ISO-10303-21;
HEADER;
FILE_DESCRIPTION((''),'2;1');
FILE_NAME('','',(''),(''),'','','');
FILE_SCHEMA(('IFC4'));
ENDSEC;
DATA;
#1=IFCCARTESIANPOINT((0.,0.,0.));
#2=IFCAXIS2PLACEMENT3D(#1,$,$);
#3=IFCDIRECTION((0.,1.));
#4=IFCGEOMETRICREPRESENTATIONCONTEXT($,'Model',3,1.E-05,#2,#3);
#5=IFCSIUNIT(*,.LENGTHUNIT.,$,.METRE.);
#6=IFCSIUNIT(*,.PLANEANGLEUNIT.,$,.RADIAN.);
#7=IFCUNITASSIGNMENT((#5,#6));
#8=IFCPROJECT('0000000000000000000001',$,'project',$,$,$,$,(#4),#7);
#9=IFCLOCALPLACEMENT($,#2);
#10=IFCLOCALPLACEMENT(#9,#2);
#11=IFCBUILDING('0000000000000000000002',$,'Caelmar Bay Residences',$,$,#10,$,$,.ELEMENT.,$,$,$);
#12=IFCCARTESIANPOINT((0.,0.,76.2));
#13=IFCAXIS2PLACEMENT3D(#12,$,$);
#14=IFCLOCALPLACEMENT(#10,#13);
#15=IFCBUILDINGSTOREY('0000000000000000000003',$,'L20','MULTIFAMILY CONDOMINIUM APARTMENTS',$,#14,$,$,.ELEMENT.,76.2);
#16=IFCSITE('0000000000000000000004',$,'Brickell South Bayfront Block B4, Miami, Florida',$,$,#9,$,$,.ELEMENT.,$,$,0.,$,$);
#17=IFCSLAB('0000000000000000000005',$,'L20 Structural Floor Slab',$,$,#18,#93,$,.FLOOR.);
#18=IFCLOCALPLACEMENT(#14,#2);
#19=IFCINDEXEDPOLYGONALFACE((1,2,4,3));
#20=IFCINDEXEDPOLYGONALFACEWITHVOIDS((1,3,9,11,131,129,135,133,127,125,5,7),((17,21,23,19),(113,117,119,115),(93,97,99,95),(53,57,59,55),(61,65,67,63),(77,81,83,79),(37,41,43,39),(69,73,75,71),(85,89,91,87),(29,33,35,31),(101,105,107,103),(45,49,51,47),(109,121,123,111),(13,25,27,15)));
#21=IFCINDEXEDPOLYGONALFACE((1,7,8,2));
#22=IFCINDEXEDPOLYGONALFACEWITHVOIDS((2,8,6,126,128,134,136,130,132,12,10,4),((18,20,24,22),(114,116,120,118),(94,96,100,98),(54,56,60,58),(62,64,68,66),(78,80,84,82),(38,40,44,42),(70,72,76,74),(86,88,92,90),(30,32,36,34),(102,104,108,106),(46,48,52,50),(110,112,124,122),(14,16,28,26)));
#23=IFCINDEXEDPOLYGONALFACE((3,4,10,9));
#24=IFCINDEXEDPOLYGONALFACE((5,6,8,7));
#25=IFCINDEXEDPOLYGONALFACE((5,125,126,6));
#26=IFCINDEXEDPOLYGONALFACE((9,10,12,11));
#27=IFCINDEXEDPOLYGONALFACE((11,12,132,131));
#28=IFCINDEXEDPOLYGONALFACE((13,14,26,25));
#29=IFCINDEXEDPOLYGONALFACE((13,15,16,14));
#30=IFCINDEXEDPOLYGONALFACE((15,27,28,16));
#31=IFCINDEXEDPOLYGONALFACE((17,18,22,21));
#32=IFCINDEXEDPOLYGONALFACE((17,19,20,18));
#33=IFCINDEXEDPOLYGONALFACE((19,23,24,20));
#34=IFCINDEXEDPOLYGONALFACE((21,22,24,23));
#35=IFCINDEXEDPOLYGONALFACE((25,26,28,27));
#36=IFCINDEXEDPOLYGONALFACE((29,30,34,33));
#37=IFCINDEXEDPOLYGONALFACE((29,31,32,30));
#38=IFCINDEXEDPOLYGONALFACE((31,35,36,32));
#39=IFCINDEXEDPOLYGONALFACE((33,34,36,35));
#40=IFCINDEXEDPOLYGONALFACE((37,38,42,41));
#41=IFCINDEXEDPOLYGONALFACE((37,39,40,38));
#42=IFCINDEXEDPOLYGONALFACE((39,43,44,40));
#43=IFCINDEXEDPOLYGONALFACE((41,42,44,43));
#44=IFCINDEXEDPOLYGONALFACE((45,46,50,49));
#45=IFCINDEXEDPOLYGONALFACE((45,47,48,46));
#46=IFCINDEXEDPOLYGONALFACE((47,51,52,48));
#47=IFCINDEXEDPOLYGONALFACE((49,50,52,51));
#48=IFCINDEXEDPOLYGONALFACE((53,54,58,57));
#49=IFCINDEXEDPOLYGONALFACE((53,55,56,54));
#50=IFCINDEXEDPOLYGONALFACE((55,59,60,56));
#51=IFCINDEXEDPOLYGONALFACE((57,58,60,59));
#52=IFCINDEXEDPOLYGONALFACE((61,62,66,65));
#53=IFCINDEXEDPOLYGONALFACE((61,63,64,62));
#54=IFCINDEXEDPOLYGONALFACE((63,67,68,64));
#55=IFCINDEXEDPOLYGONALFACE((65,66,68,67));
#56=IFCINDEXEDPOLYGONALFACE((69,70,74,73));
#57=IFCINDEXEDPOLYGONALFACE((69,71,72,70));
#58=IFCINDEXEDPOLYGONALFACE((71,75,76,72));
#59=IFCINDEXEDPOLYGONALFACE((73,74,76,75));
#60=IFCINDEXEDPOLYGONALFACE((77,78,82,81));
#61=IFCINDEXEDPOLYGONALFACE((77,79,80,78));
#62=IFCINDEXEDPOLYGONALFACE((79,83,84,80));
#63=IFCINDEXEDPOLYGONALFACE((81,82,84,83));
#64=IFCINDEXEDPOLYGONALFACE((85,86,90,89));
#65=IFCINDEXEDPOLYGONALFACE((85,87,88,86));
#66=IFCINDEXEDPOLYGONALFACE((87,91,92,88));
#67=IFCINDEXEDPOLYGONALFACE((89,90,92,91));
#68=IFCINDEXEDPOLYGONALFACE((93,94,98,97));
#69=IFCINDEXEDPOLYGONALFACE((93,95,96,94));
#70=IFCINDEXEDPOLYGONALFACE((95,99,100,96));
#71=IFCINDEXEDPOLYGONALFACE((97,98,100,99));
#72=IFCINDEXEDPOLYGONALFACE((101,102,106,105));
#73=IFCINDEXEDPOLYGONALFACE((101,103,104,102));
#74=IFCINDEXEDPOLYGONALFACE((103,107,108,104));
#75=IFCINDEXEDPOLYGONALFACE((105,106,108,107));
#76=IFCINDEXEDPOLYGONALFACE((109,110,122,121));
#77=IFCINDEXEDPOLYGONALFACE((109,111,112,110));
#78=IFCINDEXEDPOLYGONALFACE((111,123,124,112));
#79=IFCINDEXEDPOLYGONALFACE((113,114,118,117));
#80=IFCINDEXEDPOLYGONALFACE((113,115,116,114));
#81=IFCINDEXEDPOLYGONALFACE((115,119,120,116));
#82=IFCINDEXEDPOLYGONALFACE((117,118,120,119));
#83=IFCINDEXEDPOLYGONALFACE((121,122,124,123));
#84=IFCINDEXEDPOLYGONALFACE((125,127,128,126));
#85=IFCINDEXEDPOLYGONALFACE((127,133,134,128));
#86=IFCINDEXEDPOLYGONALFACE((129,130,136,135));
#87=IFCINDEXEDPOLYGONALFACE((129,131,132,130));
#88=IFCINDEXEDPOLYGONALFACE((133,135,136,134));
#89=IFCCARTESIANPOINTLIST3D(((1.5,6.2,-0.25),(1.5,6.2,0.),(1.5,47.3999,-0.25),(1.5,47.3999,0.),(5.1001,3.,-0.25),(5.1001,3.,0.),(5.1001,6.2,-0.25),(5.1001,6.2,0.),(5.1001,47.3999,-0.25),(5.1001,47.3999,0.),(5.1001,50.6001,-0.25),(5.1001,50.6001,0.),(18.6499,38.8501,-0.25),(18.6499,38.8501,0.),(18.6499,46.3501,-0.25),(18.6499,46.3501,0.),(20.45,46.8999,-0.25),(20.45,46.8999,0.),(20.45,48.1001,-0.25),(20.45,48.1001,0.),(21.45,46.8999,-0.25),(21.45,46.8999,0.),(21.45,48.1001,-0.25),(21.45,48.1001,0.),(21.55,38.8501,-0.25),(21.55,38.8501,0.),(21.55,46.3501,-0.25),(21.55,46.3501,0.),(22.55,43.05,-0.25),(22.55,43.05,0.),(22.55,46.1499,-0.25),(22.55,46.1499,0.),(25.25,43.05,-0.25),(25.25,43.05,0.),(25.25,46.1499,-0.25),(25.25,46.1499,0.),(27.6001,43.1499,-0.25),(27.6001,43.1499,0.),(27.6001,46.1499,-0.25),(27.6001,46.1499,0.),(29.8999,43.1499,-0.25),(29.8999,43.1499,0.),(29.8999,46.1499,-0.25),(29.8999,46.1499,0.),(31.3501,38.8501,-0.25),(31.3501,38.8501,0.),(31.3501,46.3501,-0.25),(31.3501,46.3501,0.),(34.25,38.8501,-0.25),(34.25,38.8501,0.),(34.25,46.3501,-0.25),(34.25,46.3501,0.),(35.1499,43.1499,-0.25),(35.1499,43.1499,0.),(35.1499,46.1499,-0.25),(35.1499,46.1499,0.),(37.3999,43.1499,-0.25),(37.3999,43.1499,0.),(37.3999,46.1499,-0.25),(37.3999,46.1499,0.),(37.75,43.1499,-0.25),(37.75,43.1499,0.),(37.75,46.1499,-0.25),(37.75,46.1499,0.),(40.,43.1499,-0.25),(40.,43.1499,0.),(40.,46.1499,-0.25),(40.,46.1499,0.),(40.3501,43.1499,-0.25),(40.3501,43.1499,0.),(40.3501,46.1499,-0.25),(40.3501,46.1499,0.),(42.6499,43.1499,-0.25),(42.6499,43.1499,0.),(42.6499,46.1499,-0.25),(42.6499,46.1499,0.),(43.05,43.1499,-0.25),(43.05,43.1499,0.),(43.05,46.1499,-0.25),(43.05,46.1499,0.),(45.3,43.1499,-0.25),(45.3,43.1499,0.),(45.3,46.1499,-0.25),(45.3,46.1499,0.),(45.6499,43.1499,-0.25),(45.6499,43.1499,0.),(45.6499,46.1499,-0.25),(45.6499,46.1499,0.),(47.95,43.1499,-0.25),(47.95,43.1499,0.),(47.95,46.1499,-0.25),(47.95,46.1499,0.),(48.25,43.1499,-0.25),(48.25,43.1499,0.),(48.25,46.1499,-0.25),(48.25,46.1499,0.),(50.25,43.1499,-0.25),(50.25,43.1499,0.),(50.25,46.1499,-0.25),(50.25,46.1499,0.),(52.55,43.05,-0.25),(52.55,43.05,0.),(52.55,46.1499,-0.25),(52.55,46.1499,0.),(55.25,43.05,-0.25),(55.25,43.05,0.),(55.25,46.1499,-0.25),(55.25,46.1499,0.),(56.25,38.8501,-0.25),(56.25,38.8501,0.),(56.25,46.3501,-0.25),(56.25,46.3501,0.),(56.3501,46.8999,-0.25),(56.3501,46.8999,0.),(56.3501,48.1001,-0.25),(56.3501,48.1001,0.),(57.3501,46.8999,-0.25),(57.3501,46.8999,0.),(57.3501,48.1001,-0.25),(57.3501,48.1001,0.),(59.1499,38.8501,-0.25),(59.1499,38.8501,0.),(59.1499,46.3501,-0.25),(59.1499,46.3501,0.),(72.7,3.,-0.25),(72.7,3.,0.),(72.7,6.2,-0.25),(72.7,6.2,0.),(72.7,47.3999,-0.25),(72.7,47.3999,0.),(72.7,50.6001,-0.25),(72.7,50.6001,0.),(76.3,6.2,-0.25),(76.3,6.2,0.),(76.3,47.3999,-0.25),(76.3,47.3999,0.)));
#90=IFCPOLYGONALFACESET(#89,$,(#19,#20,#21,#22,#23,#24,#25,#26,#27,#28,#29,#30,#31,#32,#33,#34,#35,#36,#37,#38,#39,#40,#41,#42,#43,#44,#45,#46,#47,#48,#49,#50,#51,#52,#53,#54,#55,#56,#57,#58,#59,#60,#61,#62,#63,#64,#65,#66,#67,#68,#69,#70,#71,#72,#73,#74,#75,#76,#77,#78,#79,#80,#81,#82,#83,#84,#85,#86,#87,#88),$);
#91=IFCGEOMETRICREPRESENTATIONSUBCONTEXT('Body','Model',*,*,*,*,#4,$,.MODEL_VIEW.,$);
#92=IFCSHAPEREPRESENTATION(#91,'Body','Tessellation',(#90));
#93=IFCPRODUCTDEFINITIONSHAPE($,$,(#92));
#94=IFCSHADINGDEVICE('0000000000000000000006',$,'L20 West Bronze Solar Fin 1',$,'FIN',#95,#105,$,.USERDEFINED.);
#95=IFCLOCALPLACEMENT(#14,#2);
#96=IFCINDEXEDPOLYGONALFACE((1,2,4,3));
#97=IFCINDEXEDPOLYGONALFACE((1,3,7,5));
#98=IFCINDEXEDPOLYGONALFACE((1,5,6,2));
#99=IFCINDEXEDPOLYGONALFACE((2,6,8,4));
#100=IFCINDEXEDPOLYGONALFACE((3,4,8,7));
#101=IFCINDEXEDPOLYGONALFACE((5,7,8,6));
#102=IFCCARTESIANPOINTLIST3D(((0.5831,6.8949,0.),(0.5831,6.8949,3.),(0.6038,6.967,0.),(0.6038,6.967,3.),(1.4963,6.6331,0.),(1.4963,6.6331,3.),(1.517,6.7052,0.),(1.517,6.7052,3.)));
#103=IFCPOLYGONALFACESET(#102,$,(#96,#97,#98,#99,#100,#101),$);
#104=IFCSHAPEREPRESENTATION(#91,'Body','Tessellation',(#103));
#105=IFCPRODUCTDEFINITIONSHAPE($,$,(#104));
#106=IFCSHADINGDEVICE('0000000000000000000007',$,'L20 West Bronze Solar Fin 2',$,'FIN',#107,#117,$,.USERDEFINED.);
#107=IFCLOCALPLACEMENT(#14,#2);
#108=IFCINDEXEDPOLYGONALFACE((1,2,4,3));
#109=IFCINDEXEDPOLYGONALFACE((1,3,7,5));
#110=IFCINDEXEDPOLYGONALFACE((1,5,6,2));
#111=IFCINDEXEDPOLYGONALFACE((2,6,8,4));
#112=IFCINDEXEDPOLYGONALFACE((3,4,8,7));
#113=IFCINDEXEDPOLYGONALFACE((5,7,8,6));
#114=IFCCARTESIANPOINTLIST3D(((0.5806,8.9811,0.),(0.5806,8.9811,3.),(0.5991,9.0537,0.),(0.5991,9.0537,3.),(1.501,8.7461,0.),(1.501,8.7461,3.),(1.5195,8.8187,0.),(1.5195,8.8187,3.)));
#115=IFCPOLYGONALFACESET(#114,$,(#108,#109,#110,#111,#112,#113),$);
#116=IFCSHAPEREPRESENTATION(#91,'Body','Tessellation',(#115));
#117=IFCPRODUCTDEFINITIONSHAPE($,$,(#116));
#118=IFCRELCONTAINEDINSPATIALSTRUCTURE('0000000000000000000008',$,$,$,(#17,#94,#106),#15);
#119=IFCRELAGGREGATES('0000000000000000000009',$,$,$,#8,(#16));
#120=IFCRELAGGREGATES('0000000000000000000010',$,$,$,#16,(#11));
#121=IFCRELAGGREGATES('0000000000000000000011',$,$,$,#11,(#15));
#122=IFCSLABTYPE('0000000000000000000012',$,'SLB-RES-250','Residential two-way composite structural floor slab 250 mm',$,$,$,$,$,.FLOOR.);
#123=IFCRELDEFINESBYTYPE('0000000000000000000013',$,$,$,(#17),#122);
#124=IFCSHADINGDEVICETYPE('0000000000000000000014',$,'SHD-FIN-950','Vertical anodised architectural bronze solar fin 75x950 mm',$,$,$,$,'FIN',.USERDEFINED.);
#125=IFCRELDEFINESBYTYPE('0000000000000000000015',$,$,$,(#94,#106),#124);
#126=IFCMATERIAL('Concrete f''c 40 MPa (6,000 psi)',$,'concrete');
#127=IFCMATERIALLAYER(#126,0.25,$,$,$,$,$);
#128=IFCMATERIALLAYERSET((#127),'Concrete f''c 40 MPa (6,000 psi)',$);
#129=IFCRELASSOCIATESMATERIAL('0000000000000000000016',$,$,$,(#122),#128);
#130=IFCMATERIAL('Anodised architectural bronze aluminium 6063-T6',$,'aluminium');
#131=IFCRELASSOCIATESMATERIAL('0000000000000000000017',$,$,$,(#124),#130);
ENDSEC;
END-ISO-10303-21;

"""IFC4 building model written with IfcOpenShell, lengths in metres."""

from ifc_helpers import new_model, si_unit, direction, frame, origin, origin_2d, place, context, subcontext, project, spatial, polyline, rectangle, outline, extrude, material, layer, layer_set, material_profile, profile_set, type_object, element, save


model = new_model("IFC4")

# Units and contexts
model_context = context("Model", 3, precision=1e-05, world=origin(), true_north=direction((0.0, 1.0)))
body_context = subcontext(model_context, "Body", "Model", "MODEL_VIEW")
ifc_project = project(units=[si_unit("LENGTHUNIT", "METRE"), si_unit("PLANEANGLEUNIT", "RADIAN")], contexts=[model_context])

# Site, building, storey
site_placement = place(None, origin())
site = spatial("IfcSite", under=ifc_project, at=site_placement, Name="Brickell South Bayfront Block B4, Miami, Florida", CompositionType="ELEMENT", RefElevation=0.0)
building_placement = place(site_placement, origin())
building = spatial("IfcBuilding", under=site, at=building_placement, Name="Caelmar Bay Residences", CompositionType="ELEMENT")
storey_placement = place(building_placement, frame((0.0, 0.0, 76.2)))
storey = spatial("IfcBuildingStorey", under=building, at=storey_placement, Name="L20", Description="MULTIFAMILY CONDOMINIUM APARTMENTS", CompositionType="ELEMENT", Elevation=76.2)

# Shared definitions
ifc_material_1 = material(Name="Concrete f'c 40 MPa (6,000 psi)", Category="concrete")

# Slab
ifc_layer_1 = layer(ifc_material_1, 0.25)
ifc_layer_set_1 = layer_set([ifc_layer_1], Name="Concrete f'c 40 MPa (6,000 psi)")
slab_type_1 = type_object("IfcSlabType", Name="SLB-RES-250", Description="Residential two-way composite structural floor slab 250 mm", PredefinedType="FLOOR", material=ifc_layer_set_1)
slab_1_placement = place(storey_placement, frame((0.0, 0.0, -0.25)))
element("IfcSlab", 1, at=slab_1_placement, inside=storey, type_object=slab_type_1, Name="L20 Structural Floor Slab", PredefinedType="FLOOR", context=body_context, shape_type="SweptSolid", body=[
    extrude(outline(polyline([(5.1001, 3.0), (72.7, 3.0), (72.7, 6.2), (76.3, 6.2), (76.3, 47.3999), (72.7, 47.3999), (72.7, 50.6001), (5.1001, 50.6001), (5.1001, 47.3999), (1.5, 47.3999), (1.5, 6.2), (5.1001, 6.2), (5.1001, 3.0)]), holes=[polyline([(18.6499, 38.8501), (21.55, 38.8501), (21.55, 46.3501), (18.6499, 46.3501), (18.6499, 38.8501)]), polyline([(56.25, 38.8501), (59.1499, 38.8501), (59.1499, 46.3501), (56.25, 46.3501), (56.25, 38.8501)]), polyline([(31.3501, 38.8501), (34.25, 38.8501), (34.25, 46.3501), (31.3501, 46.3501), (31.3501, 38.8501)]), polyline([(22.55, 43.05), (25.25, 43.05), (25.25, 46.1499), (22.55, 46.1499), (22.55, 43.05)]), polyline([(52.55, 43.05), (55.25, 43.05), (55.25, 46.1499), (52.55, 46.1499), (52.55, 43.05)]), polyline([(35.1499, 43.1499), (37.3999, 43.1499), (37.3999, 46.1499), (35.1499, 46.1499), (35.1499, 43.1499)]), polyline([(37.75, 43.1499), (40.0, 43.1499), (40.0, 46.1499), (37.75, 46.1499), (37.75, 43.1499)]), polyline([(40.3501, 43.1499), (42.6499, 43.1499), (42.6499, 46.1499), (40.3501, 46.1499), (40.3501, 43.1499)]), polyline([(43.05, 43.1499), (45.3, 43.1499), (45.3, 46.1499), (43.05, 46.1499), (43.05, 43.1499)]), polyline([(45.6499, 43.1499), (47.95, 43.1499), (47.95, 46.1499), (45.6499, 46.1499), (45.6499, 43.1499)]), polyline([(48.25, 43.1499), (50.25, 43.1499), (50.25, 46.1499), (48.25, 46.1499), (48.25, 43.1499)]), polyline([(27.6001, 43.1499), (29.8999, 43.1499), (29.8999, 46.1499), (27.6001, 46.1499), (27.6001, 43.1499)]), polyline([(20.45, 46.8999), (21.45, 46.8999), (21.45, 48.1001), (20.45, 48.1001), (20.45, 46.8999)]), polyline([(56.3501, 46.8999), (57.3501, 46.8999), (57.3501, 48.1001), (56.3501, 48.1001), (56.3501, 46.8999)])]), origin(), (0.0, 0.0, 1.0), 0.25),
])

# Shading devices
ifc_material_2 = material(Name="Anodised architectural bronze aluminium 6063-T6", Category="aluminium")
ifc_material_profile_1 = material_profile(ifc_material_2, rectangle(XDim=0.075, YDim=0.95, at=origin_2d()), Name="BRONZE-FIN-75X950")
ifc_profile_set_1 = profile_set([ifc_material_profile_1], Name="Anodised architectural bronze aluminium 6063-T6")
shading_device_type = type_object("IfcShadingDeviceType", Name="SHD-FIN-950", Description="Vertical anodised architectural bronze solar fin 75x950 mm", ElementType="FIN", PredefinedType="USERDEFINED", material=ifc_profile_set_1)
for number, where, z_axis, x_axis, name in (
    (2, (1.05, 6.8, 0.0), (0.0, 0.0, 1.0), (0.275637, 0.961262, 0.0), "L20 West Bronze Solar Fin 1"),
    (3, (1.05, 8.8999, 0.0), (0.0, 0.0, 1.0), (0.247337, 0.968929, 0.0), "L20 West Bronze Solar Fin 2"),
):
    element("IfcShadingDevice", number, at=place(storey_placement, frame(where, z_axis=z_axis, x_axis=x_axis)), inside=storey, type_object=shading_device_type, Name=name, ObjectType="FIN", PredefinedType="USERDEFINED", context=body_context, shape_type="SweptSolid", body=[
        extrude(rectangle(XDim=0.075, YDim=0.95, at=origin_2d()), origin(), (0.0, 0.0, 1.0), 3.0),
    ])

save(model, "model.ifc")
